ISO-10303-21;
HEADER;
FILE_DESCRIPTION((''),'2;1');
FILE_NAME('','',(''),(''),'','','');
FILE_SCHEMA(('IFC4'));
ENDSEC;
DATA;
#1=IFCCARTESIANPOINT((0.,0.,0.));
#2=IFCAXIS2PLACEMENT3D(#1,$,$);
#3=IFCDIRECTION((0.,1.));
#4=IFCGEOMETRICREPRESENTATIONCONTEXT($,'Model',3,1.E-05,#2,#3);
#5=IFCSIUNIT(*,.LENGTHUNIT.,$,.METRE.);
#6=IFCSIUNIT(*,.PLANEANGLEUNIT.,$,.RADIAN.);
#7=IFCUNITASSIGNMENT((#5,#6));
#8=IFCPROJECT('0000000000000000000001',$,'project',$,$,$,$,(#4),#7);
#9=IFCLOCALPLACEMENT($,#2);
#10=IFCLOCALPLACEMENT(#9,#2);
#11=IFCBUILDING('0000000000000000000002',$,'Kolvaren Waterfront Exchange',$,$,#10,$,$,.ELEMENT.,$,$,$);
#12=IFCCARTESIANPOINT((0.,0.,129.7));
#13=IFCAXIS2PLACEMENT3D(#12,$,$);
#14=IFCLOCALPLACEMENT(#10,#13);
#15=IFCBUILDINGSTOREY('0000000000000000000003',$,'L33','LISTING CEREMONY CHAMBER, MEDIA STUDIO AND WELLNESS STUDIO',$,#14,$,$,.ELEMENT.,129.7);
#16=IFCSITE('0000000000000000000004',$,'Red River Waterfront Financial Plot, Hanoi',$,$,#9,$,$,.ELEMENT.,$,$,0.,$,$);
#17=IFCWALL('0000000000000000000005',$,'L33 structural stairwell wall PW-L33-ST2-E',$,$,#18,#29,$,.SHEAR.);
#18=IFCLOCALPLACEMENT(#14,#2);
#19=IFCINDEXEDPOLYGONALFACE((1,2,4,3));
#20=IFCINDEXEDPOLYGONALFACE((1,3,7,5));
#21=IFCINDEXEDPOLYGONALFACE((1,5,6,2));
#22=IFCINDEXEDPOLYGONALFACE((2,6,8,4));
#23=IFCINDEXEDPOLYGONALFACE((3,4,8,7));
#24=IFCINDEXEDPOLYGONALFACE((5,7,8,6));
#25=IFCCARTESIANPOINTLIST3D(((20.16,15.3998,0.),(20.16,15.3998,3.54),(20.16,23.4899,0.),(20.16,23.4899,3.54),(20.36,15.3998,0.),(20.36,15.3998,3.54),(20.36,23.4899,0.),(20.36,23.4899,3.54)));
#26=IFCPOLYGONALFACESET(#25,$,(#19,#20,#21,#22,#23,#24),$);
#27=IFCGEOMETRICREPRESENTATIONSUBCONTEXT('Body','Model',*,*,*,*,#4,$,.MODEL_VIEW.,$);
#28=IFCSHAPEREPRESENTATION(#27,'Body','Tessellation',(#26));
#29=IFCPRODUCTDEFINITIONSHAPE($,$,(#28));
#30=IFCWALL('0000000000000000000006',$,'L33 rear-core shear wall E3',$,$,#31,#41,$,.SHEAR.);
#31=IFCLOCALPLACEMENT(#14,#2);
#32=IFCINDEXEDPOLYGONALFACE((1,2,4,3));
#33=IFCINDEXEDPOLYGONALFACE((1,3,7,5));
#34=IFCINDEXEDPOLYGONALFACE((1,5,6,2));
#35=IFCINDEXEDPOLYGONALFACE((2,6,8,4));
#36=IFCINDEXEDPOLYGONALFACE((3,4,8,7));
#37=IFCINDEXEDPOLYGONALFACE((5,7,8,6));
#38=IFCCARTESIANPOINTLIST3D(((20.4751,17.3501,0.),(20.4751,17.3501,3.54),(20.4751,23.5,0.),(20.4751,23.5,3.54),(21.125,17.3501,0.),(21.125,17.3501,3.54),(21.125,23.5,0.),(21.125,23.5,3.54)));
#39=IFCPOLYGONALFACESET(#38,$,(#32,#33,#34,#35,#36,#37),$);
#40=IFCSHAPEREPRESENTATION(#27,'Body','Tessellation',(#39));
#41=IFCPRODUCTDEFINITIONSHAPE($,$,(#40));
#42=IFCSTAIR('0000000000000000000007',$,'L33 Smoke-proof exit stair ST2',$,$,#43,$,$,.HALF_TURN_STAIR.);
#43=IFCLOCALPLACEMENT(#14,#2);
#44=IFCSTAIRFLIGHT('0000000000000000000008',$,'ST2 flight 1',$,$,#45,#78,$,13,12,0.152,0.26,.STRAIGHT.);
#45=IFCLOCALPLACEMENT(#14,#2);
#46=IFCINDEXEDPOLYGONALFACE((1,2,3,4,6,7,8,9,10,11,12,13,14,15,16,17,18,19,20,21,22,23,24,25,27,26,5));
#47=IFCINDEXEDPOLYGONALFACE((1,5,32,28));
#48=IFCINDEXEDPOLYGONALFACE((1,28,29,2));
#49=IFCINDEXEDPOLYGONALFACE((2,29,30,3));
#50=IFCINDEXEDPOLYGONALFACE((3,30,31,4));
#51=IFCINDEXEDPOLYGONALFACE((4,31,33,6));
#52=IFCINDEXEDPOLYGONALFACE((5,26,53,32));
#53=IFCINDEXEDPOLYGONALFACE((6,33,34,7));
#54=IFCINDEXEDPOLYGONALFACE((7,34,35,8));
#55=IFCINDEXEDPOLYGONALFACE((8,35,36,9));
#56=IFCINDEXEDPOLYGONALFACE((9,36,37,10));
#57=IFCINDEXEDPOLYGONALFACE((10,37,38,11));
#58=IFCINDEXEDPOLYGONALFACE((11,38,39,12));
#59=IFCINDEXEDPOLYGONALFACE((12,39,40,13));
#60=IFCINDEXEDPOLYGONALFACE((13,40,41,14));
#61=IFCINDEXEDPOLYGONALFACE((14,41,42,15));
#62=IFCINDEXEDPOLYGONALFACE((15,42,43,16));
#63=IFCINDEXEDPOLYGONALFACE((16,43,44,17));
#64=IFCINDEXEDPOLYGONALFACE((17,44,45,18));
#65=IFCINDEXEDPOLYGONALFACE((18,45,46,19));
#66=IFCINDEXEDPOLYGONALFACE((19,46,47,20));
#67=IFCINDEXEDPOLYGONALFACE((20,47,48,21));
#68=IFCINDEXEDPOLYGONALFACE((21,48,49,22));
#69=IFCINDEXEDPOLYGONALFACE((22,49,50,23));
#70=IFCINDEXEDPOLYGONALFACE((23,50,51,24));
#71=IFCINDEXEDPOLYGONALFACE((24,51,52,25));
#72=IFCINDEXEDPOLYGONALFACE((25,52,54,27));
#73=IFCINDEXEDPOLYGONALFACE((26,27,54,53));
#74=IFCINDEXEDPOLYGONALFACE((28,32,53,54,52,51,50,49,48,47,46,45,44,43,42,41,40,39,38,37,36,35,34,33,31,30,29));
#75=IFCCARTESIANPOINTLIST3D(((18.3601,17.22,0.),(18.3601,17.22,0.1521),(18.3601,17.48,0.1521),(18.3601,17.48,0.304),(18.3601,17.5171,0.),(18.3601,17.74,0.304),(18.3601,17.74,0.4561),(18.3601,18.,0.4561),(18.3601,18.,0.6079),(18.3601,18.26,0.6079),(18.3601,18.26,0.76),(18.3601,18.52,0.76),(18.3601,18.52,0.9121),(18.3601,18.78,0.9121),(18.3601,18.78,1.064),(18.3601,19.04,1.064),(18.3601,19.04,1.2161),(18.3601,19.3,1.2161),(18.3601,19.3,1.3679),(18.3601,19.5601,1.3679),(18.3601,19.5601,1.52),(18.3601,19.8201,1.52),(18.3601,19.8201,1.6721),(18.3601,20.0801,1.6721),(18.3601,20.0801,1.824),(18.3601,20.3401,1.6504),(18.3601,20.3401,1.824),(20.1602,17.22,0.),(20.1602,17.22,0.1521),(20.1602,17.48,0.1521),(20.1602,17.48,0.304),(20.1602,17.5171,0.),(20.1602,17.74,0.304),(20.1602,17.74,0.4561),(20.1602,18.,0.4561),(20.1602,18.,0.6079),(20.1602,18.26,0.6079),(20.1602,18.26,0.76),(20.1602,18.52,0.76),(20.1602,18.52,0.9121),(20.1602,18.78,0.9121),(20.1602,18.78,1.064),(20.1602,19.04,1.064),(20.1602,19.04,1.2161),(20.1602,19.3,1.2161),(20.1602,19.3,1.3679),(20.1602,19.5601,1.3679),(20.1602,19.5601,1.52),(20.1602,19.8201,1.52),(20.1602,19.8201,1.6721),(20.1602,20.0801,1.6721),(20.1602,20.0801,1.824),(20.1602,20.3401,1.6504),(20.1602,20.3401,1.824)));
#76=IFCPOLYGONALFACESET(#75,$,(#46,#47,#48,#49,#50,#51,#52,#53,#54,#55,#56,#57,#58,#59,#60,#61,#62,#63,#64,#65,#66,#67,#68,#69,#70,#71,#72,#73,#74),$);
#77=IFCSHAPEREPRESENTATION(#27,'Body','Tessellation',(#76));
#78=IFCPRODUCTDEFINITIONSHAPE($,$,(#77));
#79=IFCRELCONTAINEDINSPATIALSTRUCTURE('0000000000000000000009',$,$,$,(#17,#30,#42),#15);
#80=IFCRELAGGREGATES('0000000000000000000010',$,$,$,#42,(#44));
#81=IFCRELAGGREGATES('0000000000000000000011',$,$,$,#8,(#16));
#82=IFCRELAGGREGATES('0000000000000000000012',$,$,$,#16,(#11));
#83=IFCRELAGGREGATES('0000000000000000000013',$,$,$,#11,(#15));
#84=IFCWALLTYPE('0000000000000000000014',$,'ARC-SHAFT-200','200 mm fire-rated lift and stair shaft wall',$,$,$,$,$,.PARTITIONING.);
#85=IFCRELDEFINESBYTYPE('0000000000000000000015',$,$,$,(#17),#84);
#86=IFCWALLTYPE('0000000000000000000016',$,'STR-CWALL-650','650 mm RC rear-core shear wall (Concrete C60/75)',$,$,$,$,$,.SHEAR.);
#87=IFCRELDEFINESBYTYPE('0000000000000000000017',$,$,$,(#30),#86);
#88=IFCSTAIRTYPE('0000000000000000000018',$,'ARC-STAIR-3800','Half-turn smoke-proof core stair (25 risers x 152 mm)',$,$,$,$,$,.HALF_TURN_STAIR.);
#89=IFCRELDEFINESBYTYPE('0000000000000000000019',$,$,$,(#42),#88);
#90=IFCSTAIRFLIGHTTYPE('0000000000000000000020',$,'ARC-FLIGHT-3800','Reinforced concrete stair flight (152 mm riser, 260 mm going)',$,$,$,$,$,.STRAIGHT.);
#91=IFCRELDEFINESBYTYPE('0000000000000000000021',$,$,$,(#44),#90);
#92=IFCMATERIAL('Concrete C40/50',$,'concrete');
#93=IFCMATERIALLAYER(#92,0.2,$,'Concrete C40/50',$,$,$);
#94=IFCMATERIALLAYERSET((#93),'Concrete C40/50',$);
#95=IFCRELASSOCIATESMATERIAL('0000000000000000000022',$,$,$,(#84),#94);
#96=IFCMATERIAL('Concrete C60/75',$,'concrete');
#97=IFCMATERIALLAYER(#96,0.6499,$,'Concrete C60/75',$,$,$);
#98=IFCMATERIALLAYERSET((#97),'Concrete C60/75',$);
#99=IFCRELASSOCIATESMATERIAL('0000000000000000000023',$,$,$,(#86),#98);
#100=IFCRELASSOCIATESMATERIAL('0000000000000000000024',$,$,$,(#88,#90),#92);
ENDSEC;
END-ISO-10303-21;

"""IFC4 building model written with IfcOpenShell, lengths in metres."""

from ifc_helpers import new_model, si_unit, direction, frame, frame_2d, origin, place, context, subcontext, project, spatial, polyline, rectangle, outline, extrude, material, layer, layer_set, type_object, element, aggregate, save


model = new_model("IFC4")

# Units and contexts
model_context = context("Model", 3, precision=1e-05, world=origin(), true_north=direction((0.0, 1.0)))
body_context = subcontext(model_context, "Body", "Model", "MODEL_VIEW")
ifc_project = project(units=[si_unit("LENGTHUNIT", "METRE"), si_unit("PLANEANGLEUNIT", "RADIAN")], contexts=[model_context])

# Site, building, storey
site_placement = place(None, origin())
site = spatial("IfcSite", under=ifc_project, at=site_placement, Name="Red River Waterfront Financial Plot, Hanoi", CompositionType="ELEMENT", RefElevation=0.0)
building_placement = place(site_placement, origin())
building = spatial("IfcBuilding", under=site, at=building_placement, Name="Kolvaren Waterfront Exchange", CompositionType="ELEMENT")
storey_placement = place(building_placement, frame((0.0, 0.0, 129.7)))
storey = spatial("IfcBuildingStorey", under=building, at=storey_placement, Name="L33", Description="LISTING CEREMONY CHAMBER, MEDIA STUDIO AND WELLNESS STUDIO", CompositionType="ELEMENT", Elevation=129.7)

# Shared definitions
ifc_material_1 = material(Name="Concrete C60/75", Category="concrete")

# Walls
ifc_material_2 = material(Name="Concrete C40/50", Category="concrete")
ifc_layer_1 = layer(ifc_material_2, 0.2, Name="Concrete C40/50")
ifc_layer_set_1 = layer_set([ifc_layer_1], Name="Concrete C40/50")
wall_type_1 = type_object("IfcWallType", Name="ARC-SHAFT-200", Description="200 mm fire-rated lift and stair shaft wall", PredefinedType="PARTITIONING", material=ifc_layer_set_1)
wall_1_placement = place(storey_placement, frame((20.26, 15.3999, 0.0), z_axis=(0.0, 0.0, 1.0), x_axis=(0.0, 1.0, 0.0)))
element("IfcWall", 1, at=wall_1_placement, inside=storey, type_object=wall_type_1, Name="L33 structural stairwell wall PW-L33-ST2-E", PredefinedType="SHEAR", context=body_context, shape_type="SweptSolid", body=[
    extrude(rectangle(XDim=8.0901, YDim=0.2, at=frame_2d((4.0449, 0.0))), origin(), (0.0, 0.0, 1.0), 3.54),
])
ifc_layer_2 = layer(ifc_material_1, 0.6499, Name="Concrete C60/75")
ifc_layer_set_2 = layer_set([ifc_layer_2], Name="Concrete C60/75")
wall_type_2 = type_object("IfcWallType", Name="STR-CWALL-650", Description="650 mm RC rear-core shear wall (Concrete C60/75)", PredefinedType="SHEAR", material=ifc_layer_set_2)
wall_2_placement = place(storey_placement, frame((20.8, 17.3501, 0.0), z_axis=(0.0, 0.0, 1.0), x_axis=(0.0, 1.0, 0.0)))
element("IfcWall", 2, at=wall_2_placement, inside=storey, type_object=wall_type_2, Name="L33 rear-core shear wall E3", PredefinedType="SHEAR", context=body_context, shape_type="SweptSolid", body=[
    extrude(rectangle(XDim=6.1499, YDim=0.6499, at=frame_2d((3.075, 0.0))), origin(), (0.0, 0.0, 1.0), 3.54),
])

# Stair, stair flight
stair_type = type_object("IfcStairType", Name="ARC-STAIR-3800", Description="Half-turn smoke-proof core stair (25 risers x 152 mm)", PredefinedType="HALF_TURN_STAIR", material=ifc_material_2)
stair_placement = place(storey_placement, origin())
stair = element("IfcStair", 3, at=stair_placement, inside=storey, type_object=stair_type, Name="L33 Smoke-proof exit stair ST2", PredefinedType="HALF_TURN_STAIR")
stair_flight_type = type_object("IfcStairFlightType", Name="ARC-FLIGHT-3800", Description="Reinforced concrete stair flight (152 mm riser, 260 mm going)", PredefinedType="STRAIGHT", material=ifc_material_2)
stair_flight_placement = place(storey_placement, frame((19.26, 17.22, 0.0), z_axis=(0.0, 0.0, 1.0), x_axis=(0.0, 1.0, 0.0)))
stair_flight = element("IfcStairFlight", 4, at=stair_flight_placement, type_object=stair_flight_type, Name="ST2 flight 1", NumberOfRisers=13, NumberOfTreads=12, PredefinedType="STRAIGHT", RiserHeight=0.152, TreadLength=0.26, context=body_context, shape_type="SweptSolid", body=[
    extrude(outline(polyline([(0.0, 0.0), (0.0, 0.1521), (0.26, 0.1521), (0.26, 0.304), (0.52, 0.304), (0.52, 0.4561), (0.78, 0.4561), (0.78, 0.6079), (1.04, 0.6079), (1.04, 0.76), (1.3, 0.76), (1.3, 0.9121), (1.5601, 0.9121), (1.5601, 1.064), (1.8201, 1.064), (1.8201, 1.2161), (2.0801, 1.2161), (2.0801, 1.3679), (2.3401, 1.3679), (2.3401, 1.52), (2.6001, 1.52), (2.6001, 1.6721), (2.8601, 1.6721), (2.8601, 1.824), (3.1201, 1.824), (3.1201, 1.9761), (3.1201, 1.6504), (0.2971, 0.0), (0.0, 0.0)])), frame((0.0, 0.8999, 0.0), z_axis=(0.0, -1.0, 0.0), x_axis=(1.0, 0.0, 0.0)), (0.0, 0.0, 1.0), 1.8),
])
aggregate(stair, [stair_flight])

save(model, "model.ifc")
